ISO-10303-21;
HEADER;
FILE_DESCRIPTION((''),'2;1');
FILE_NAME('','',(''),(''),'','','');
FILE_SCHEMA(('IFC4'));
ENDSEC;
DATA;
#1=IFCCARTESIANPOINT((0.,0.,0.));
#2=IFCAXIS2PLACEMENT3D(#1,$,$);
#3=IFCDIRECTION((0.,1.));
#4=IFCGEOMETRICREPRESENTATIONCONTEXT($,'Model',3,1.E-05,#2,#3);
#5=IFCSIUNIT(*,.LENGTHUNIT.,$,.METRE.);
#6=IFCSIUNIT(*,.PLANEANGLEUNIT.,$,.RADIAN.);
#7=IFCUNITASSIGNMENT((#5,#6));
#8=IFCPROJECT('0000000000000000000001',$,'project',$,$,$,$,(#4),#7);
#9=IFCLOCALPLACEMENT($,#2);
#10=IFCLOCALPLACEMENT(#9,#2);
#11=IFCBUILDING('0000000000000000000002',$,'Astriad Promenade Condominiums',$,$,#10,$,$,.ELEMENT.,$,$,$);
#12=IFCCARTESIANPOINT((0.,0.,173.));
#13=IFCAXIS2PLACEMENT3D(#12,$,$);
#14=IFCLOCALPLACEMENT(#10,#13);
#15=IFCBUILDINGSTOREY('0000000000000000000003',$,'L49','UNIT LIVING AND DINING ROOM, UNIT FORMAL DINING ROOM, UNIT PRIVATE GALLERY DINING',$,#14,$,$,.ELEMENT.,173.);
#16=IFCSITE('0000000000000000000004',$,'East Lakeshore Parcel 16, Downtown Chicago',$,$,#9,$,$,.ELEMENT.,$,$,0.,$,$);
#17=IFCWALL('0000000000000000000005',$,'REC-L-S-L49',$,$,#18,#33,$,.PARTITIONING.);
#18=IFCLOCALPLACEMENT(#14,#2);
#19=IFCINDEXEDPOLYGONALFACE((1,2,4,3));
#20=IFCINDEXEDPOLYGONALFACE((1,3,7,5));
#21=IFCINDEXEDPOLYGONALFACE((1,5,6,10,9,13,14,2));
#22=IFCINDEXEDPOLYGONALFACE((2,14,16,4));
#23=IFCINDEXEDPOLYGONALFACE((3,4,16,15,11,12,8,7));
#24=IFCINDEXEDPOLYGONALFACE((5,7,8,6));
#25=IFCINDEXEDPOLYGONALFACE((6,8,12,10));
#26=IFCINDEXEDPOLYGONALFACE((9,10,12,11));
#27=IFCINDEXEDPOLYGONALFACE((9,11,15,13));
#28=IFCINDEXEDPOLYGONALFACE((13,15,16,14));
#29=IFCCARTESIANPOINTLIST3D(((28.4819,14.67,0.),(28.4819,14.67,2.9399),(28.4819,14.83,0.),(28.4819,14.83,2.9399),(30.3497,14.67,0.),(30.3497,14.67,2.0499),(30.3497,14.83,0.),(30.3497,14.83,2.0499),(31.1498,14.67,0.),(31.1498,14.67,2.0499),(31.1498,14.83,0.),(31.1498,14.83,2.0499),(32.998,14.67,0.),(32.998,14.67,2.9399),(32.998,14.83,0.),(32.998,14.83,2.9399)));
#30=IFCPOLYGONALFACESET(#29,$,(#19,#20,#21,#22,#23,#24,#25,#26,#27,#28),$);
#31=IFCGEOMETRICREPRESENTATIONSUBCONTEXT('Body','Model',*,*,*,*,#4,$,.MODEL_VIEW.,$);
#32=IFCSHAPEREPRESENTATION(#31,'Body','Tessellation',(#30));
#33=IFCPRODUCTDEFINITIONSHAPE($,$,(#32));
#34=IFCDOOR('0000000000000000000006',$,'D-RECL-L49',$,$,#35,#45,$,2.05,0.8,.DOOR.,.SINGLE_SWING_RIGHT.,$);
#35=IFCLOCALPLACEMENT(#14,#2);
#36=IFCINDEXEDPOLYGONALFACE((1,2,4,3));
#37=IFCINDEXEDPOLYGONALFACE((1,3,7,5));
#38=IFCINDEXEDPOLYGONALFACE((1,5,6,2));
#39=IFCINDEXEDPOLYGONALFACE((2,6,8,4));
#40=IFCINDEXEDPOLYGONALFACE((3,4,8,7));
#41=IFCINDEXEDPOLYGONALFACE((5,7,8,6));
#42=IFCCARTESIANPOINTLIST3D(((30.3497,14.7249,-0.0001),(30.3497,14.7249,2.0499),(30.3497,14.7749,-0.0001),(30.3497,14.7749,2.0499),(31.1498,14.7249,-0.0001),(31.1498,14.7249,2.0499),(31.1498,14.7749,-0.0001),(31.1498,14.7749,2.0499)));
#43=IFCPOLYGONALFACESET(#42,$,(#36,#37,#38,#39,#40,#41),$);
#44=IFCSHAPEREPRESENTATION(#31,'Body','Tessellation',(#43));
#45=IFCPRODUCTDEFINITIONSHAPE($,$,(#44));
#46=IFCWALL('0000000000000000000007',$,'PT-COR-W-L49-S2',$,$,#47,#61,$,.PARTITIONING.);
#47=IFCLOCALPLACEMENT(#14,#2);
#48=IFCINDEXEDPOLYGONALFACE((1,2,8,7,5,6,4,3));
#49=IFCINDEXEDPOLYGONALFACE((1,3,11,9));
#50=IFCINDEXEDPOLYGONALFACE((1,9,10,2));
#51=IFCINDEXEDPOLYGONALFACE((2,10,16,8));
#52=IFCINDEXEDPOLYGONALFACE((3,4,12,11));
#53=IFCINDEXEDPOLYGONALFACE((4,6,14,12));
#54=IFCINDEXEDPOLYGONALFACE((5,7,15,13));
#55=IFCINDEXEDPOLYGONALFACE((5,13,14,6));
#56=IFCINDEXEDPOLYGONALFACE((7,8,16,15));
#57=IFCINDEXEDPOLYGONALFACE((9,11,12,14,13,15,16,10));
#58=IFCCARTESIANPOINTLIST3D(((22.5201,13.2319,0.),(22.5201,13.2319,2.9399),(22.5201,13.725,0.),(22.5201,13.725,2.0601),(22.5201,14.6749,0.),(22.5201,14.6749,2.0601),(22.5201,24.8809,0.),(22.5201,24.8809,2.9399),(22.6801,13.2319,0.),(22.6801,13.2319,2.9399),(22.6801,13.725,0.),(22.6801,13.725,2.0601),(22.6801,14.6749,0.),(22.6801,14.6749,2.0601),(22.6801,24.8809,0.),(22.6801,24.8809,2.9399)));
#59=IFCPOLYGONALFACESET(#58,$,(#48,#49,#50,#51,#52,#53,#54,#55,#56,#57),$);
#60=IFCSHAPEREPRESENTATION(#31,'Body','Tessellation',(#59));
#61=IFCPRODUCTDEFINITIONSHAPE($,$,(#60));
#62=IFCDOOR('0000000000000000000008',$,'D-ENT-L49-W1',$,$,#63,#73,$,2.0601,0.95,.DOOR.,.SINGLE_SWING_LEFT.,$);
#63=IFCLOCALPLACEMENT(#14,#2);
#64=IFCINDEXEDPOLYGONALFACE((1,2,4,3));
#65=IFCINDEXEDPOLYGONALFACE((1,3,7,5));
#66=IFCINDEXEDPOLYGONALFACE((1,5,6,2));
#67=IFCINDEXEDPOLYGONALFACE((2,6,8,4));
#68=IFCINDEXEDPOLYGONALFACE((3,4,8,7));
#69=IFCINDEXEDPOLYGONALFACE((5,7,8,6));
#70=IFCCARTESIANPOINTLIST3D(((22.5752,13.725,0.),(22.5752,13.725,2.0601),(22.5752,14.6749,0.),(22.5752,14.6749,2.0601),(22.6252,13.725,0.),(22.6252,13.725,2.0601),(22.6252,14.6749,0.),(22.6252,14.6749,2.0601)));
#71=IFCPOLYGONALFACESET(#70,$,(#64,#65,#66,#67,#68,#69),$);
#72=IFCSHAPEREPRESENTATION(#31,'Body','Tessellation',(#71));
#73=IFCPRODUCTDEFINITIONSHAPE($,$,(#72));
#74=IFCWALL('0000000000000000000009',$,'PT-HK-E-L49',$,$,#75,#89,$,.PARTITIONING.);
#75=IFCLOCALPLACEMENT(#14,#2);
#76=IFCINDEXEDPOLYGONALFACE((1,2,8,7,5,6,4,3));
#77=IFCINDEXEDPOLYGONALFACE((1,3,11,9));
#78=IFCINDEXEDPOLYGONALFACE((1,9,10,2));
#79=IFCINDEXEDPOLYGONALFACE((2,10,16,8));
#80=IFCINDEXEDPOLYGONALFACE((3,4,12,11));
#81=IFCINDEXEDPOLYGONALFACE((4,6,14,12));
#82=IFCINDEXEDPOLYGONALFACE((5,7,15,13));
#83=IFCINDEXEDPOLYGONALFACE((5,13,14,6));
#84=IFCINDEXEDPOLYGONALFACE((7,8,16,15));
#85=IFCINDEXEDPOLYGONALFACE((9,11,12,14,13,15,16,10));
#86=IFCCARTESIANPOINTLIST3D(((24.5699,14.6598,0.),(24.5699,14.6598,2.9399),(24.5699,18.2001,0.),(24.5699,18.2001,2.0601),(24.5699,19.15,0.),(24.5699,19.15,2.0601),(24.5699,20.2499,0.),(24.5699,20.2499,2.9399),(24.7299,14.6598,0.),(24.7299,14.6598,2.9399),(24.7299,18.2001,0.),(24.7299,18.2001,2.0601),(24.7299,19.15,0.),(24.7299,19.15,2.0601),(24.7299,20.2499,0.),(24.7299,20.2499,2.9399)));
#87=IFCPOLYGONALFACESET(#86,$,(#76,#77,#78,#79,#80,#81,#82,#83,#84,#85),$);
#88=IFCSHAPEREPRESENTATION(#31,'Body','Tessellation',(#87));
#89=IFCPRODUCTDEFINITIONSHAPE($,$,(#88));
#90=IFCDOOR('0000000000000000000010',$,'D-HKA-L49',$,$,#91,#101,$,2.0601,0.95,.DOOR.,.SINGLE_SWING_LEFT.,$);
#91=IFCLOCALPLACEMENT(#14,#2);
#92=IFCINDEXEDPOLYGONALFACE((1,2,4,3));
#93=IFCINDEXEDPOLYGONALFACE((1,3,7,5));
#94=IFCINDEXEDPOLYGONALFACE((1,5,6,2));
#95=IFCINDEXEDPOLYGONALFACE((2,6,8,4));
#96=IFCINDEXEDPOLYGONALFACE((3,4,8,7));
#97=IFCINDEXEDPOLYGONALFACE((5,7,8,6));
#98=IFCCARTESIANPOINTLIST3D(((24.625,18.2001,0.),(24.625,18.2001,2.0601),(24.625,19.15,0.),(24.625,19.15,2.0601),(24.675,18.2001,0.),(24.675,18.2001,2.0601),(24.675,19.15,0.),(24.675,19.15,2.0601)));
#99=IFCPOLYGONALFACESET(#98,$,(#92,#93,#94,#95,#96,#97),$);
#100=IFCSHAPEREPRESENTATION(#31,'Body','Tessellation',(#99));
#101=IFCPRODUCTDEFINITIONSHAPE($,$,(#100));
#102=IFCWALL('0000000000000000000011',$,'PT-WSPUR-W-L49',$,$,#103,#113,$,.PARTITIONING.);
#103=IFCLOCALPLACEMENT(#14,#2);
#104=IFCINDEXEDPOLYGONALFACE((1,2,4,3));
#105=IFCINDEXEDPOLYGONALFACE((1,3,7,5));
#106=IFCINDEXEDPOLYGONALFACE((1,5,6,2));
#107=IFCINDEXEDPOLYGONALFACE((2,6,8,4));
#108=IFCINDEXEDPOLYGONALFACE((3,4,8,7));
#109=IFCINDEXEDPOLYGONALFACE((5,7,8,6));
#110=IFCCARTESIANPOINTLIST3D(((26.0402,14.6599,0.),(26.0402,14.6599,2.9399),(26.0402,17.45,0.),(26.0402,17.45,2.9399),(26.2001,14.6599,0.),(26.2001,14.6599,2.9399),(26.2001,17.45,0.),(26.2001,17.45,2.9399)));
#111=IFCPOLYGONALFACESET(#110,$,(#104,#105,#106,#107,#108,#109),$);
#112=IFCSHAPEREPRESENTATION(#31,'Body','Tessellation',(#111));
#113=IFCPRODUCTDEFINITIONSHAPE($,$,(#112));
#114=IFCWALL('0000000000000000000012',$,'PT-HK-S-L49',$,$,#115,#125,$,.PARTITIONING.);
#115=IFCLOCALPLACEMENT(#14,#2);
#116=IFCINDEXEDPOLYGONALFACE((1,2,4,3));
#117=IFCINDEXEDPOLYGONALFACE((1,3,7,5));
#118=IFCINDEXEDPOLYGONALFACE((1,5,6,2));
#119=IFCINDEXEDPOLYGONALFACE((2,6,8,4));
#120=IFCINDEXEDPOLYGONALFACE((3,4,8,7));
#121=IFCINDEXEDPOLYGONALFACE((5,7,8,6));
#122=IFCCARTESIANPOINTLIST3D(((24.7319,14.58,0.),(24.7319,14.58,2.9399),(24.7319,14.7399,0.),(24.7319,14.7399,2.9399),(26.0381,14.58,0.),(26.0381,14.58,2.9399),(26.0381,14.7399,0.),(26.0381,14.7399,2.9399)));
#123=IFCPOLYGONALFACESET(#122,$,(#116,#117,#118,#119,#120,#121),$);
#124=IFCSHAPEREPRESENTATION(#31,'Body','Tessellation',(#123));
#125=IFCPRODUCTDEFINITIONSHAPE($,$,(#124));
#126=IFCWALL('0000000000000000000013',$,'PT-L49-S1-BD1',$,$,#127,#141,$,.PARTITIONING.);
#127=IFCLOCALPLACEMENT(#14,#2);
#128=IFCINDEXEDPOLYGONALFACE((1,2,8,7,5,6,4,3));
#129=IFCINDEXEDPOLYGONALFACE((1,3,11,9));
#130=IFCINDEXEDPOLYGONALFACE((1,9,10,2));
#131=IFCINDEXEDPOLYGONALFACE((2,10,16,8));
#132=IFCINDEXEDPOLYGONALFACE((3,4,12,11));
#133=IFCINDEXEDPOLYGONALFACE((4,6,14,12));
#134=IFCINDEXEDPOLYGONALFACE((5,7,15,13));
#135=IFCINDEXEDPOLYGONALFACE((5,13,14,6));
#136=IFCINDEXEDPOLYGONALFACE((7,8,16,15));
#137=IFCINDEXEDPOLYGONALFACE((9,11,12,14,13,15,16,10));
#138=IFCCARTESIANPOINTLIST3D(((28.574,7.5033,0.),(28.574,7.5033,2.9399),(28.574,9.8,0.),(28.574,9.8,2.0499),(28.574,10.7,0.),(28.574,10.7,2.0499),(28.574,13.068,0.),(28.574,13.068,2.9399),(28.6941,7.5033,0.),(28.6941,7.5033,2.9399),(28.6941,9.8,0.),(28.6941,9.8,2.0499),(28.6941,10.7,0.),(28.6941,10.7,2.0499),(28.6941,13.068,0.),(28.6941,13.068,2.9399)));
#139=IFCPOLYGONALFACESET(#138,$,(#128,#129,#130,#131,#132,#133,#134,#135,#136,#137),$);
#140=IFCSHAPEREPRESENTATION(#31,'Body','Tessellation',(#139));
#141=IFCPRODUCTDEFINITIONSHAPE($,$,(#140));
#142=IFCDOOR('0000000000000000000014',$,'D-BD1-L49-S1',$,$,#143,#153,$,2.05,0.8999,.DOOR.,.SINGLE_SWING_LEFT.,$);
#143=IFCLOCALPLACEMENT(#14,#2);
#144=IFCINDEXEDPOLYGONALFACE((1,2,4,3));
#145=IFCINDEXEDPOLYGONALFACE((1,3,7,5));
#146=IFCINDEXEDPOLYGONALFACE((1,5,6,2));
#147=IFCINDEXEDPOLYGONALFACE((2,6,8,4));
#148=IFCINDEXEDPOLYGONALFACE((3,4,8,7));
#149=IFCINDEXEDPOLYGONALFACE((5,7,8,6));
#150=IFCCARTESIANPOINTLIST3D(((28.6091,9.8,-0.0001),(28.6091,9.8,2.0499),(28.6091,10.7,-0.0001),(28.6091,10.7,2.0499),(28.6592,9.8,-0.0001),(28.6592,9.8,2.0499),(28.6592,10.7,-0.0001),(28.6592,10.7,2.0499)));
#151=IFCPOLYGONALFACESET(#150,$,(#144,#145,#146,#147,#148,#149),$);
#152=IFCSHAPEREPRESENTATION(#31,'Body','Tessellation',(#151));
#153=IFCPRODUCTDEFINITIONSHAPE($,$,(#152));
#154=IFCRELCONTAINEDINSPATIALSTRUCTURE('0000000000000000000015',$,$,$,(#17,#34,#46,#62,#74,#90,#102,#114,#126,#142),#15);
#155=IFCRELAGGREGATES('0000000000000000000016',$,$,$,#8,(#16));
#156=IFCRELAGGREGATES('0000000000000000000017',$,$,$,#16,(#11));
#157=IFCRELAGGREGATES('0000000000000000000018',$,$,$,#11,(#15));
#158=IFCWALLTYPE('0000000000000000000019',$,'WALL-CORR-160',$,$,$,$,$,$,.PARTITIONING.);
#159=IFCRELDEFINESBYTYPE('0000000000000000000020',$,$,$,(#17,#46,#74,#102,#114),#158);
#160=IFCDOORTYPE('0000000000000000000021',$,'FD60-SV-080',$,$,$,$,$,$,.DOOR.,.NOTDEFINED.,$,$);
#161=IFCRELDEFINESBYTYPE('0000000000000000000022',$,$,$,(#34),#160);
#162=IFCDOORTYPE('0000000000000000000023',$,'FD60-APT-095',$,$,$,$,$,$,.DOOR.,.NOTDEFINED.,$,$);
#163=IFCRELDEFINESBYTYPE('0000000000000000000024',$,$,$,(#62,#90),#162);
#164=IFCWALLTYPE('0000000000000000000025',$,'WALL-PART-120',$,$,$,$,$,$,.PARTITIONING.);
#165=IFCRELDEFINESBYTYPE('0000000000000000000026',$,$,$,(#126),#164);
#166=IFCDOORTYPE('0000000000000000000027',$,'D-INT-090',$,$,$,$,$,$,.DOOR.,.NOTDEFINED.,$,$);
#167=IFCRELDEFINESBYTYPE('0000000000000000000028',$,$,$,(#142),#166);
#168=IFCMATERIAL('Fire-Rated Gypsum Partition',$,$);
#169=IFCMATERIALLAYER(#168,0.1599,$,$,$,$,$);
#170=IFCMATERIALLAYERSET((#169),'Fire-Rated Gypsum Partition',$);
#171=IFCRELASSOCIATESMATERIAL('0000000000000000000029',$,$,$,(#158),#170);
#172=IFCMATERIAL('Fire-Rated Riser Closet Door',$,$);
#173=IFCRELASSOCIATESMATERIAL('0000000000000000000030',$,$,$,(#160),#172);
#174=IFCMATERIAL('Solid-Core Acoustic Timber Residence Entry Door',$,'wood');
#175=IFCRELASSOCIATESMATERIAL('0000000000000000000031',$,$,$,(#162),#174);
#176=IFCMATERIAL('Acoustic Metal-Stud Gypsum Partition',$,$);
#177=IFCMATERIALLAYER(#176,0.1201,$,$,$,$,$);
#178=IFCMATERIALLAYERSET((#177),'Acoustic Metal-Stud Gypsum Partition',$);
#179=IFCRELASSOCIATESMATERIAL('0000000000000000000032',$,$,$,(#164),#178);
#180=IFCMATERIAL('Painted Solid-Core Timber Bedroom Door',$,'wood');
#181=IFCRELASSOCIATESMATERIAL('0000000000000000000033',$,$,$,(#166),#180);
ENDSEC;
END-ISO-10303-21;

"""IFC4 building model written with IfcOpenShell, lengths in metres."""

from ifc_helpers import new_model, si_unit, direction, frame, frame_2d, origin, place, context, subcontext, project, spatial, rectangle, extrude, source, transform, mapped, material, layer, layer_set, type_object, type_shapes, element, fill, save


model = new_model("IFC4")

# Units and contexts
model_context = context("Model", 3, precision=1e-05, world=origin(), true_north=direction((0.0, 1.0)))
body_context = subcontext(model_context, "Body", "Model", "MODEL_VIEW")
ifc_project = project(units=[si_unit("LENGTHUNIT", "METRE"), si_unit("PLANEANGLEUNIT", "RADIAN")], contexts=[model_context])

# Site, building, storey
site_placement = place(None, origin())
site = spatial("IfcSite", under=ifc_project, at=site_placement, Name="East Lakeshore Parcel 16, Downtown Chicago", CompositionType="ELEMENT", RefElevation=0.0)
building_placement = place(site_placement, origin())
building = spatial("IfcBuilding", under=site, at=building_placement, Name="Astriad Promenade Condominiums", CompositionType="ELEMENT")
storey_placement = place(building_placement, frame((0.0, 0.0, 173.0)))
storey = spatial("IfcBuildingStorey", under=building, at=storey_placement, Name="L49", Description="UNIT LIVING AND DINING ROOM, UNIT FORMAL DINING ROOM, UNIT PRIVATE GALLERY DINING", CompositionType="ELEMENT", Elevation=173.0)

# Shared definitions
ifc_material_1 = material(Name="Fire-Rated Gypsum Partition")
ifc_layer_1 = layer(ifc_material_1, 0.1599)
ifc_layer_set_1 = layer_set([ifc_layer_1], Name="Fire-Rated Gypsum Partition")
wall_type_1 = type_object("IfcWallType", Name="WALL-CORR-160", PredefinedType="PARTITIONING", material=ifc_layer_set_1)

# Walls, openings, doors
wall_1_placement = place(storey_placement, frame((28.4819, 14.75, 0.0), z_axis=(0.0, 0.0, 1.0), x_axis=(1.0, 0.0, 0.0)))
wall_1 = element("IfcWall", 1, at=wall_1_placement, inside=storey, type_object=wall_type_1, Name="REC-L-S-L49", PredefinedType="PARTITIONING", context=body_context, shape_type="SweptSolid", body=[
    extrude(rectangle(XDim=4.5161, YDim=0.1599, at=frame_2d((2.2581, 0.0))), origin(), (0.0, 0.0, 1.0), 2.9399),
])
opening_1_placement = place(wall_1_placement, frame((1.8679, 0.0, 0.0)))
opening_1 = element("IfcOpeningElement", 2, at=opening_1_placement, cuts=wall_1, PredefinedType="OPENING", context=body_context, shape_type="SweptSolid", body=[
    extrude(rectangle(XDim=0.8, YDim=2.05, at=frame_2d((0.3999, 1.0249))), frame((0.0, 0.0898, 0.0), z_axis=(0.0, -1.0, 0.0), x_axis=(1.0, 0.0, 0.0)), (0.0, 0.0, 1.0), 0.1799),
])
ifc_material_2 = material(Name="Fire-Rated Riser Closet Door")
door_type_1 = type_object("IfcDoorType", Name="FD60-SV-080", OperationType="NOTDEFINED", PredefinedType="DOOR", material=ifc_material_2)
shared_shape_1 = source(origin(), body_context, "Body", "SweptSolid", [
    extrude(rectangle(XDim=0.8, YDim=2.05, at=frame_2d((0.3999, 1.0249))), frame((0.0, 0.0249, 0.0), z_axis=(0.0, -1.0, 0.0), x_axis=(1.0, 0.0, 0.0)), (0.0, 0.0, 1.0), 0.05),
])
type_shapes(door_type_1, [shared_shape_1])
door_1_placement = place(opening_1_placement, origin())
door_1 = element("IfcDoor", 3, at=door_1_placement, inside=storey, type_object=door_type_1, Name="D-RECL-L49", OperationType="SINGLE_SWING_RIGHT", OverallHeight=2.05, OverallWidth=0.8, PredefinedType="DOOR", context=body_context, shape_type="MappedRepresentation", body=[
    mapped(shared_shape_1, transform((0.0, 0.0, 0.0), scale=1.0)),
])
fill(opening_1, door_1)
wall_2_placement = place(storey_placement, frame((22.6001, 13.2319, 0.0), z_axis=(0.0, 0.0, 1.0), x_axis=(0.0, 1.0, 0.0)))
wall_2 = element("IfcWall", 4, at=wall_2_placement, inside=storey, type_object=wall_type_1, Name="PT-COR-W-L49-S2", PredefinedType="PARTITIONING", context=body_context, shape_type="SweptSolid", body=[
    extrude(rectangle(XDim=11.6489, YDim=0.1599, at=frame_2d((5.8245, 0.0))), origin(), (0.0, 0.0, 1.0), 2.9399),
])
opening_2_placement = place(wall_2_placement, frame((0.4929, 0.0, 0.0)))
opening_2 = element("IfcOpeningElement", 5, at=opening_2_placement, cuts=wall_2, PredefinedType="OPENING", context=body_context, shape_type="SweptSolid", body=[
    extrude(rectangle(XDim=0.95, YDim=2.0601, at=frame_2d((0.4751, 1.03))), frame((0.0, 0.0898, 0.0), z_axis=(0.0, -1.0, 0.0), x_axis=(1.0, 0.0, 0.0)), (0.0, 0.0, 1.0), 0.1799),
])
ifc_material_3 = material(Name="Solid-Core Acoustic Timber Residence Entry Door", Category="wood")
door_type_2 = type_object("IfcDoorType", Name="FD60-APT-095", OperationType="NOTDEFINED", PredefinedType="DOOR", material=ifc_material_3)
shared_shape_2 = source(origin(), body_context, "Body", "SweptSolid", [
    extrude(rectangle(XDim=0.95, YDim=2.0601, at=frame_2d((0.4751, 1.03))), frame((0.0, 0.0249, 0.0), z_axis=(0.0, -1.0, 0.0), x_axis=(1.0, 0.0, 0.0)), (0.0, 0.0, 1.0), 0.05),
])
type_shapes(door_type_2, [shared_shape_2])
door_2_placement = place(opening_2_placement, origin())
door_2 = element("IfcDoor", 6, at=door_2_placement, inside=storey, type_object=door_type_2, Name="D-ENT-L49-W1", OperationType="SINGLE_SWING_LEFT", OverallHeight=2.0601, OverallWidth=0.95, PredefinedType="DOOR", context=body_context, shape_type="MappedRepresentation", body=[
    mapped(shared_shape_2, transform((0.0, 0.0, 0.0), scale=1.0)),
])
fill(opening_2, door_2)
wall_3_placement = place(storey_placement, frame((24.6499, 14.6599, 0.0), z_axis=(0.0, 0.0, 1.0), x_axis=(0.0, 1.0, 0.0)))
wall_3 = element("IfcWall", 7, at=wall_3_placement, inside=storey, type_object=wall_type_1, Name="PT-HK-E-L49", PredefinedType="PARTITIONING", context=body_context, shape_type="SweptSolid", body=[
    extrude(rectangle(XDim=5.5901, YDim=0.1599, at=frame_2d((2.7949, 0.0))), origin(), (0.0, 0.0, 1.0), 2.9399),
])
opening_3_placement = place(wall_3_placement, frame((3.54, 0.0, 0.0)))
opening_3 = element("IfcOpeningElement", 8, at=opening_3_placement, cuts=wall_3, PredefinedType="OPENING", context=body_context, shape_type="SweptSolid", body=[
    extrude(rectangle(XDim=0.95, YDim=2.0601, at=frame_2d((0.4751, 1.03))), frame((0.0, 0.0898, 0.0), z_axis=(0.0, -1.0, 0.0), x_axis=(1.0, 0.0, 0.0)), (0.0, 0.0, 1.0), 0.1799),
])
door_3_placement = place(opening_3_placement, origin())
door_3 = element("IfcDoor", 9, at=door_3_placement, inside=storey, type_object=door_type_2, Name="D-HKA-L49", OperationType="SINGLE_SWING_LEFT", OverallHeight=2.0601, OverallWidth=0.95, PredefinedType="DOOR", context=body_context, shape_type="MappedRepresentation", body=[
    mapped(shared_shape_2, transform((0.0, 0.0, 0.0), scale=1.0)),
])
fill(opening_3, door_3)

# Walls
wall_4_placement = place(storey_placement, frame((26.1201, 14.6599, 0.0), z_axis=(0.0, 0.0, 1.0), x_axis=(0.0, 1.0, 0.0)))
element("IfcWall", 10, at=wall_4_placement, inside=storey, type_object=wall_type_1, Name="PT-WSPUR-W-L49", PredefinedType="PARTITIONING", context=body_context, shape_type="SweptSolid", body=[
    extrude(rectangle(XDim=2.79, YDim=0.1599, at=frame_2d((1.395, 0.0))), origin(), (0.0, 0.0, 1.0), 2.9399),
])
wall_5_placement = place(storey_placement, frame((24.7319, 14.6599, 0.0), z_axis=(0.0, 0.0, 1.0), x_axis=(1.0, 0.0, 0.0)))
element("IfcWall", 11, at=wall_5_placement, inside=storey, type_object=wall_type_1, Name="PT-HK-S-L49", PredefinedType="PARTITIONING", context=body_context, shape_type="SweptSolid", body=[
    extrude(rectangle(XDim=1.3062, YDim=0.1599, at=frame_2d((0.6531, 0.0))), origin(), (0.0, 0.0, 1.0), 2.9399),
])

# Wall, opening, door
ifc_material_4 = material(Name="Acoustic Metal-Stud Gypsum Partition")
ifc_layer_2 = layer(ifc_material_4, 0.1201)
ifc_layer_set_2 = layer_set([ifc_layer_2], Name="Acoustic Metal-Stud Gypsum Partition")
wall_type_2 = type_object("IfcWallType", Name="WALL-PART-120", PredefinedType="PARTITIONING", material=ifc_layer_set_2)
wall_6_placement = place(storey_placement, frame((28.634, 7.5034, 0.0), z_axis=(0.0, 0.0, 1.0), x_axis=(0.0, 1.0, 0.0)))
wall_6 = element("IfcWall", 12, at=wall_6_placement, inside=storey, type_object=wall_type_2, Name="PT-L49-S1-BD1", PredefinedType="PARTITIONING", context=body_context, shape_type="SweptSolid", body=[
    extrude(rectangle(XDim=5.5647, YDim=0.1201, at=frame_2d((2.7822, 0.0))), origin(), (0.0, 0.0, 1.0), 2.9399),
])
opening_4_placement = place(wall_6_placement, frame((2.2966, 0.0, 0.0)))
opening_4 = element("IfcOpeningElement", 13, at=opening_4_placement, cuts=wall_6, PredefinedType="OPENING", context=body_context, shape_type="SweptSolid", body=[
    extrude(rectangle(XDim=0.8999, YDim=2.05, at=frame_2d((0.45, 1.0249))), frame((0.0, 0.0701, 0.0), z_axis=(0.0, -1.0, 0.0), x_axis=(1.0, 0.0, 0.0)), (0.0, 0.0, 1.0), 0.1401),
])
ifc_material_5 = material(Name="Painted Solid-Core Timber Bedroom Door", Category="wood")
door_type_3 = type_object("IfcDoorType", Name="D-INT-090", OperationType="NOTDEFINED", PredefinedType="DOOR", material=ifc_material_5)
shared_shape_3 = source(origin(), body_context, "Body", "SweptSolid", [
    extrude(rectangle(XDim=0.8999, YDim=2.05, at=frame_2d((0.45, 1.0249))), frame((0.0, 0.0249, 0.0), z_axis=(0.0, -1.0, 0.0), x_axis=(1.0, 0.0, 0.0)), (0.0, 0.0, 1.0), 0.05),
])
type_shapes(door_type_3, [shared_shape_3])
door_4_placement = place(opening_4_placement, origin())
door_4 = element("IfcDoor", 14, at=door_4_placement, inside=storey, type_object=door_type_3, Name="D-BD1-L49-S1", OperationType="SINGLE_SWING_LEFT", OverallHeight=2.05, OverallWidth=0.8999, PredefinedType="DOOR", context=body_context, shape_type="MappedRepresentation", body=[
    mapped(shared_shape_3, transform((0.0, 0.0, 0.0), scale=1.0)),
])
fill(opening_4, door_4)

save(model, "model.ifc")
